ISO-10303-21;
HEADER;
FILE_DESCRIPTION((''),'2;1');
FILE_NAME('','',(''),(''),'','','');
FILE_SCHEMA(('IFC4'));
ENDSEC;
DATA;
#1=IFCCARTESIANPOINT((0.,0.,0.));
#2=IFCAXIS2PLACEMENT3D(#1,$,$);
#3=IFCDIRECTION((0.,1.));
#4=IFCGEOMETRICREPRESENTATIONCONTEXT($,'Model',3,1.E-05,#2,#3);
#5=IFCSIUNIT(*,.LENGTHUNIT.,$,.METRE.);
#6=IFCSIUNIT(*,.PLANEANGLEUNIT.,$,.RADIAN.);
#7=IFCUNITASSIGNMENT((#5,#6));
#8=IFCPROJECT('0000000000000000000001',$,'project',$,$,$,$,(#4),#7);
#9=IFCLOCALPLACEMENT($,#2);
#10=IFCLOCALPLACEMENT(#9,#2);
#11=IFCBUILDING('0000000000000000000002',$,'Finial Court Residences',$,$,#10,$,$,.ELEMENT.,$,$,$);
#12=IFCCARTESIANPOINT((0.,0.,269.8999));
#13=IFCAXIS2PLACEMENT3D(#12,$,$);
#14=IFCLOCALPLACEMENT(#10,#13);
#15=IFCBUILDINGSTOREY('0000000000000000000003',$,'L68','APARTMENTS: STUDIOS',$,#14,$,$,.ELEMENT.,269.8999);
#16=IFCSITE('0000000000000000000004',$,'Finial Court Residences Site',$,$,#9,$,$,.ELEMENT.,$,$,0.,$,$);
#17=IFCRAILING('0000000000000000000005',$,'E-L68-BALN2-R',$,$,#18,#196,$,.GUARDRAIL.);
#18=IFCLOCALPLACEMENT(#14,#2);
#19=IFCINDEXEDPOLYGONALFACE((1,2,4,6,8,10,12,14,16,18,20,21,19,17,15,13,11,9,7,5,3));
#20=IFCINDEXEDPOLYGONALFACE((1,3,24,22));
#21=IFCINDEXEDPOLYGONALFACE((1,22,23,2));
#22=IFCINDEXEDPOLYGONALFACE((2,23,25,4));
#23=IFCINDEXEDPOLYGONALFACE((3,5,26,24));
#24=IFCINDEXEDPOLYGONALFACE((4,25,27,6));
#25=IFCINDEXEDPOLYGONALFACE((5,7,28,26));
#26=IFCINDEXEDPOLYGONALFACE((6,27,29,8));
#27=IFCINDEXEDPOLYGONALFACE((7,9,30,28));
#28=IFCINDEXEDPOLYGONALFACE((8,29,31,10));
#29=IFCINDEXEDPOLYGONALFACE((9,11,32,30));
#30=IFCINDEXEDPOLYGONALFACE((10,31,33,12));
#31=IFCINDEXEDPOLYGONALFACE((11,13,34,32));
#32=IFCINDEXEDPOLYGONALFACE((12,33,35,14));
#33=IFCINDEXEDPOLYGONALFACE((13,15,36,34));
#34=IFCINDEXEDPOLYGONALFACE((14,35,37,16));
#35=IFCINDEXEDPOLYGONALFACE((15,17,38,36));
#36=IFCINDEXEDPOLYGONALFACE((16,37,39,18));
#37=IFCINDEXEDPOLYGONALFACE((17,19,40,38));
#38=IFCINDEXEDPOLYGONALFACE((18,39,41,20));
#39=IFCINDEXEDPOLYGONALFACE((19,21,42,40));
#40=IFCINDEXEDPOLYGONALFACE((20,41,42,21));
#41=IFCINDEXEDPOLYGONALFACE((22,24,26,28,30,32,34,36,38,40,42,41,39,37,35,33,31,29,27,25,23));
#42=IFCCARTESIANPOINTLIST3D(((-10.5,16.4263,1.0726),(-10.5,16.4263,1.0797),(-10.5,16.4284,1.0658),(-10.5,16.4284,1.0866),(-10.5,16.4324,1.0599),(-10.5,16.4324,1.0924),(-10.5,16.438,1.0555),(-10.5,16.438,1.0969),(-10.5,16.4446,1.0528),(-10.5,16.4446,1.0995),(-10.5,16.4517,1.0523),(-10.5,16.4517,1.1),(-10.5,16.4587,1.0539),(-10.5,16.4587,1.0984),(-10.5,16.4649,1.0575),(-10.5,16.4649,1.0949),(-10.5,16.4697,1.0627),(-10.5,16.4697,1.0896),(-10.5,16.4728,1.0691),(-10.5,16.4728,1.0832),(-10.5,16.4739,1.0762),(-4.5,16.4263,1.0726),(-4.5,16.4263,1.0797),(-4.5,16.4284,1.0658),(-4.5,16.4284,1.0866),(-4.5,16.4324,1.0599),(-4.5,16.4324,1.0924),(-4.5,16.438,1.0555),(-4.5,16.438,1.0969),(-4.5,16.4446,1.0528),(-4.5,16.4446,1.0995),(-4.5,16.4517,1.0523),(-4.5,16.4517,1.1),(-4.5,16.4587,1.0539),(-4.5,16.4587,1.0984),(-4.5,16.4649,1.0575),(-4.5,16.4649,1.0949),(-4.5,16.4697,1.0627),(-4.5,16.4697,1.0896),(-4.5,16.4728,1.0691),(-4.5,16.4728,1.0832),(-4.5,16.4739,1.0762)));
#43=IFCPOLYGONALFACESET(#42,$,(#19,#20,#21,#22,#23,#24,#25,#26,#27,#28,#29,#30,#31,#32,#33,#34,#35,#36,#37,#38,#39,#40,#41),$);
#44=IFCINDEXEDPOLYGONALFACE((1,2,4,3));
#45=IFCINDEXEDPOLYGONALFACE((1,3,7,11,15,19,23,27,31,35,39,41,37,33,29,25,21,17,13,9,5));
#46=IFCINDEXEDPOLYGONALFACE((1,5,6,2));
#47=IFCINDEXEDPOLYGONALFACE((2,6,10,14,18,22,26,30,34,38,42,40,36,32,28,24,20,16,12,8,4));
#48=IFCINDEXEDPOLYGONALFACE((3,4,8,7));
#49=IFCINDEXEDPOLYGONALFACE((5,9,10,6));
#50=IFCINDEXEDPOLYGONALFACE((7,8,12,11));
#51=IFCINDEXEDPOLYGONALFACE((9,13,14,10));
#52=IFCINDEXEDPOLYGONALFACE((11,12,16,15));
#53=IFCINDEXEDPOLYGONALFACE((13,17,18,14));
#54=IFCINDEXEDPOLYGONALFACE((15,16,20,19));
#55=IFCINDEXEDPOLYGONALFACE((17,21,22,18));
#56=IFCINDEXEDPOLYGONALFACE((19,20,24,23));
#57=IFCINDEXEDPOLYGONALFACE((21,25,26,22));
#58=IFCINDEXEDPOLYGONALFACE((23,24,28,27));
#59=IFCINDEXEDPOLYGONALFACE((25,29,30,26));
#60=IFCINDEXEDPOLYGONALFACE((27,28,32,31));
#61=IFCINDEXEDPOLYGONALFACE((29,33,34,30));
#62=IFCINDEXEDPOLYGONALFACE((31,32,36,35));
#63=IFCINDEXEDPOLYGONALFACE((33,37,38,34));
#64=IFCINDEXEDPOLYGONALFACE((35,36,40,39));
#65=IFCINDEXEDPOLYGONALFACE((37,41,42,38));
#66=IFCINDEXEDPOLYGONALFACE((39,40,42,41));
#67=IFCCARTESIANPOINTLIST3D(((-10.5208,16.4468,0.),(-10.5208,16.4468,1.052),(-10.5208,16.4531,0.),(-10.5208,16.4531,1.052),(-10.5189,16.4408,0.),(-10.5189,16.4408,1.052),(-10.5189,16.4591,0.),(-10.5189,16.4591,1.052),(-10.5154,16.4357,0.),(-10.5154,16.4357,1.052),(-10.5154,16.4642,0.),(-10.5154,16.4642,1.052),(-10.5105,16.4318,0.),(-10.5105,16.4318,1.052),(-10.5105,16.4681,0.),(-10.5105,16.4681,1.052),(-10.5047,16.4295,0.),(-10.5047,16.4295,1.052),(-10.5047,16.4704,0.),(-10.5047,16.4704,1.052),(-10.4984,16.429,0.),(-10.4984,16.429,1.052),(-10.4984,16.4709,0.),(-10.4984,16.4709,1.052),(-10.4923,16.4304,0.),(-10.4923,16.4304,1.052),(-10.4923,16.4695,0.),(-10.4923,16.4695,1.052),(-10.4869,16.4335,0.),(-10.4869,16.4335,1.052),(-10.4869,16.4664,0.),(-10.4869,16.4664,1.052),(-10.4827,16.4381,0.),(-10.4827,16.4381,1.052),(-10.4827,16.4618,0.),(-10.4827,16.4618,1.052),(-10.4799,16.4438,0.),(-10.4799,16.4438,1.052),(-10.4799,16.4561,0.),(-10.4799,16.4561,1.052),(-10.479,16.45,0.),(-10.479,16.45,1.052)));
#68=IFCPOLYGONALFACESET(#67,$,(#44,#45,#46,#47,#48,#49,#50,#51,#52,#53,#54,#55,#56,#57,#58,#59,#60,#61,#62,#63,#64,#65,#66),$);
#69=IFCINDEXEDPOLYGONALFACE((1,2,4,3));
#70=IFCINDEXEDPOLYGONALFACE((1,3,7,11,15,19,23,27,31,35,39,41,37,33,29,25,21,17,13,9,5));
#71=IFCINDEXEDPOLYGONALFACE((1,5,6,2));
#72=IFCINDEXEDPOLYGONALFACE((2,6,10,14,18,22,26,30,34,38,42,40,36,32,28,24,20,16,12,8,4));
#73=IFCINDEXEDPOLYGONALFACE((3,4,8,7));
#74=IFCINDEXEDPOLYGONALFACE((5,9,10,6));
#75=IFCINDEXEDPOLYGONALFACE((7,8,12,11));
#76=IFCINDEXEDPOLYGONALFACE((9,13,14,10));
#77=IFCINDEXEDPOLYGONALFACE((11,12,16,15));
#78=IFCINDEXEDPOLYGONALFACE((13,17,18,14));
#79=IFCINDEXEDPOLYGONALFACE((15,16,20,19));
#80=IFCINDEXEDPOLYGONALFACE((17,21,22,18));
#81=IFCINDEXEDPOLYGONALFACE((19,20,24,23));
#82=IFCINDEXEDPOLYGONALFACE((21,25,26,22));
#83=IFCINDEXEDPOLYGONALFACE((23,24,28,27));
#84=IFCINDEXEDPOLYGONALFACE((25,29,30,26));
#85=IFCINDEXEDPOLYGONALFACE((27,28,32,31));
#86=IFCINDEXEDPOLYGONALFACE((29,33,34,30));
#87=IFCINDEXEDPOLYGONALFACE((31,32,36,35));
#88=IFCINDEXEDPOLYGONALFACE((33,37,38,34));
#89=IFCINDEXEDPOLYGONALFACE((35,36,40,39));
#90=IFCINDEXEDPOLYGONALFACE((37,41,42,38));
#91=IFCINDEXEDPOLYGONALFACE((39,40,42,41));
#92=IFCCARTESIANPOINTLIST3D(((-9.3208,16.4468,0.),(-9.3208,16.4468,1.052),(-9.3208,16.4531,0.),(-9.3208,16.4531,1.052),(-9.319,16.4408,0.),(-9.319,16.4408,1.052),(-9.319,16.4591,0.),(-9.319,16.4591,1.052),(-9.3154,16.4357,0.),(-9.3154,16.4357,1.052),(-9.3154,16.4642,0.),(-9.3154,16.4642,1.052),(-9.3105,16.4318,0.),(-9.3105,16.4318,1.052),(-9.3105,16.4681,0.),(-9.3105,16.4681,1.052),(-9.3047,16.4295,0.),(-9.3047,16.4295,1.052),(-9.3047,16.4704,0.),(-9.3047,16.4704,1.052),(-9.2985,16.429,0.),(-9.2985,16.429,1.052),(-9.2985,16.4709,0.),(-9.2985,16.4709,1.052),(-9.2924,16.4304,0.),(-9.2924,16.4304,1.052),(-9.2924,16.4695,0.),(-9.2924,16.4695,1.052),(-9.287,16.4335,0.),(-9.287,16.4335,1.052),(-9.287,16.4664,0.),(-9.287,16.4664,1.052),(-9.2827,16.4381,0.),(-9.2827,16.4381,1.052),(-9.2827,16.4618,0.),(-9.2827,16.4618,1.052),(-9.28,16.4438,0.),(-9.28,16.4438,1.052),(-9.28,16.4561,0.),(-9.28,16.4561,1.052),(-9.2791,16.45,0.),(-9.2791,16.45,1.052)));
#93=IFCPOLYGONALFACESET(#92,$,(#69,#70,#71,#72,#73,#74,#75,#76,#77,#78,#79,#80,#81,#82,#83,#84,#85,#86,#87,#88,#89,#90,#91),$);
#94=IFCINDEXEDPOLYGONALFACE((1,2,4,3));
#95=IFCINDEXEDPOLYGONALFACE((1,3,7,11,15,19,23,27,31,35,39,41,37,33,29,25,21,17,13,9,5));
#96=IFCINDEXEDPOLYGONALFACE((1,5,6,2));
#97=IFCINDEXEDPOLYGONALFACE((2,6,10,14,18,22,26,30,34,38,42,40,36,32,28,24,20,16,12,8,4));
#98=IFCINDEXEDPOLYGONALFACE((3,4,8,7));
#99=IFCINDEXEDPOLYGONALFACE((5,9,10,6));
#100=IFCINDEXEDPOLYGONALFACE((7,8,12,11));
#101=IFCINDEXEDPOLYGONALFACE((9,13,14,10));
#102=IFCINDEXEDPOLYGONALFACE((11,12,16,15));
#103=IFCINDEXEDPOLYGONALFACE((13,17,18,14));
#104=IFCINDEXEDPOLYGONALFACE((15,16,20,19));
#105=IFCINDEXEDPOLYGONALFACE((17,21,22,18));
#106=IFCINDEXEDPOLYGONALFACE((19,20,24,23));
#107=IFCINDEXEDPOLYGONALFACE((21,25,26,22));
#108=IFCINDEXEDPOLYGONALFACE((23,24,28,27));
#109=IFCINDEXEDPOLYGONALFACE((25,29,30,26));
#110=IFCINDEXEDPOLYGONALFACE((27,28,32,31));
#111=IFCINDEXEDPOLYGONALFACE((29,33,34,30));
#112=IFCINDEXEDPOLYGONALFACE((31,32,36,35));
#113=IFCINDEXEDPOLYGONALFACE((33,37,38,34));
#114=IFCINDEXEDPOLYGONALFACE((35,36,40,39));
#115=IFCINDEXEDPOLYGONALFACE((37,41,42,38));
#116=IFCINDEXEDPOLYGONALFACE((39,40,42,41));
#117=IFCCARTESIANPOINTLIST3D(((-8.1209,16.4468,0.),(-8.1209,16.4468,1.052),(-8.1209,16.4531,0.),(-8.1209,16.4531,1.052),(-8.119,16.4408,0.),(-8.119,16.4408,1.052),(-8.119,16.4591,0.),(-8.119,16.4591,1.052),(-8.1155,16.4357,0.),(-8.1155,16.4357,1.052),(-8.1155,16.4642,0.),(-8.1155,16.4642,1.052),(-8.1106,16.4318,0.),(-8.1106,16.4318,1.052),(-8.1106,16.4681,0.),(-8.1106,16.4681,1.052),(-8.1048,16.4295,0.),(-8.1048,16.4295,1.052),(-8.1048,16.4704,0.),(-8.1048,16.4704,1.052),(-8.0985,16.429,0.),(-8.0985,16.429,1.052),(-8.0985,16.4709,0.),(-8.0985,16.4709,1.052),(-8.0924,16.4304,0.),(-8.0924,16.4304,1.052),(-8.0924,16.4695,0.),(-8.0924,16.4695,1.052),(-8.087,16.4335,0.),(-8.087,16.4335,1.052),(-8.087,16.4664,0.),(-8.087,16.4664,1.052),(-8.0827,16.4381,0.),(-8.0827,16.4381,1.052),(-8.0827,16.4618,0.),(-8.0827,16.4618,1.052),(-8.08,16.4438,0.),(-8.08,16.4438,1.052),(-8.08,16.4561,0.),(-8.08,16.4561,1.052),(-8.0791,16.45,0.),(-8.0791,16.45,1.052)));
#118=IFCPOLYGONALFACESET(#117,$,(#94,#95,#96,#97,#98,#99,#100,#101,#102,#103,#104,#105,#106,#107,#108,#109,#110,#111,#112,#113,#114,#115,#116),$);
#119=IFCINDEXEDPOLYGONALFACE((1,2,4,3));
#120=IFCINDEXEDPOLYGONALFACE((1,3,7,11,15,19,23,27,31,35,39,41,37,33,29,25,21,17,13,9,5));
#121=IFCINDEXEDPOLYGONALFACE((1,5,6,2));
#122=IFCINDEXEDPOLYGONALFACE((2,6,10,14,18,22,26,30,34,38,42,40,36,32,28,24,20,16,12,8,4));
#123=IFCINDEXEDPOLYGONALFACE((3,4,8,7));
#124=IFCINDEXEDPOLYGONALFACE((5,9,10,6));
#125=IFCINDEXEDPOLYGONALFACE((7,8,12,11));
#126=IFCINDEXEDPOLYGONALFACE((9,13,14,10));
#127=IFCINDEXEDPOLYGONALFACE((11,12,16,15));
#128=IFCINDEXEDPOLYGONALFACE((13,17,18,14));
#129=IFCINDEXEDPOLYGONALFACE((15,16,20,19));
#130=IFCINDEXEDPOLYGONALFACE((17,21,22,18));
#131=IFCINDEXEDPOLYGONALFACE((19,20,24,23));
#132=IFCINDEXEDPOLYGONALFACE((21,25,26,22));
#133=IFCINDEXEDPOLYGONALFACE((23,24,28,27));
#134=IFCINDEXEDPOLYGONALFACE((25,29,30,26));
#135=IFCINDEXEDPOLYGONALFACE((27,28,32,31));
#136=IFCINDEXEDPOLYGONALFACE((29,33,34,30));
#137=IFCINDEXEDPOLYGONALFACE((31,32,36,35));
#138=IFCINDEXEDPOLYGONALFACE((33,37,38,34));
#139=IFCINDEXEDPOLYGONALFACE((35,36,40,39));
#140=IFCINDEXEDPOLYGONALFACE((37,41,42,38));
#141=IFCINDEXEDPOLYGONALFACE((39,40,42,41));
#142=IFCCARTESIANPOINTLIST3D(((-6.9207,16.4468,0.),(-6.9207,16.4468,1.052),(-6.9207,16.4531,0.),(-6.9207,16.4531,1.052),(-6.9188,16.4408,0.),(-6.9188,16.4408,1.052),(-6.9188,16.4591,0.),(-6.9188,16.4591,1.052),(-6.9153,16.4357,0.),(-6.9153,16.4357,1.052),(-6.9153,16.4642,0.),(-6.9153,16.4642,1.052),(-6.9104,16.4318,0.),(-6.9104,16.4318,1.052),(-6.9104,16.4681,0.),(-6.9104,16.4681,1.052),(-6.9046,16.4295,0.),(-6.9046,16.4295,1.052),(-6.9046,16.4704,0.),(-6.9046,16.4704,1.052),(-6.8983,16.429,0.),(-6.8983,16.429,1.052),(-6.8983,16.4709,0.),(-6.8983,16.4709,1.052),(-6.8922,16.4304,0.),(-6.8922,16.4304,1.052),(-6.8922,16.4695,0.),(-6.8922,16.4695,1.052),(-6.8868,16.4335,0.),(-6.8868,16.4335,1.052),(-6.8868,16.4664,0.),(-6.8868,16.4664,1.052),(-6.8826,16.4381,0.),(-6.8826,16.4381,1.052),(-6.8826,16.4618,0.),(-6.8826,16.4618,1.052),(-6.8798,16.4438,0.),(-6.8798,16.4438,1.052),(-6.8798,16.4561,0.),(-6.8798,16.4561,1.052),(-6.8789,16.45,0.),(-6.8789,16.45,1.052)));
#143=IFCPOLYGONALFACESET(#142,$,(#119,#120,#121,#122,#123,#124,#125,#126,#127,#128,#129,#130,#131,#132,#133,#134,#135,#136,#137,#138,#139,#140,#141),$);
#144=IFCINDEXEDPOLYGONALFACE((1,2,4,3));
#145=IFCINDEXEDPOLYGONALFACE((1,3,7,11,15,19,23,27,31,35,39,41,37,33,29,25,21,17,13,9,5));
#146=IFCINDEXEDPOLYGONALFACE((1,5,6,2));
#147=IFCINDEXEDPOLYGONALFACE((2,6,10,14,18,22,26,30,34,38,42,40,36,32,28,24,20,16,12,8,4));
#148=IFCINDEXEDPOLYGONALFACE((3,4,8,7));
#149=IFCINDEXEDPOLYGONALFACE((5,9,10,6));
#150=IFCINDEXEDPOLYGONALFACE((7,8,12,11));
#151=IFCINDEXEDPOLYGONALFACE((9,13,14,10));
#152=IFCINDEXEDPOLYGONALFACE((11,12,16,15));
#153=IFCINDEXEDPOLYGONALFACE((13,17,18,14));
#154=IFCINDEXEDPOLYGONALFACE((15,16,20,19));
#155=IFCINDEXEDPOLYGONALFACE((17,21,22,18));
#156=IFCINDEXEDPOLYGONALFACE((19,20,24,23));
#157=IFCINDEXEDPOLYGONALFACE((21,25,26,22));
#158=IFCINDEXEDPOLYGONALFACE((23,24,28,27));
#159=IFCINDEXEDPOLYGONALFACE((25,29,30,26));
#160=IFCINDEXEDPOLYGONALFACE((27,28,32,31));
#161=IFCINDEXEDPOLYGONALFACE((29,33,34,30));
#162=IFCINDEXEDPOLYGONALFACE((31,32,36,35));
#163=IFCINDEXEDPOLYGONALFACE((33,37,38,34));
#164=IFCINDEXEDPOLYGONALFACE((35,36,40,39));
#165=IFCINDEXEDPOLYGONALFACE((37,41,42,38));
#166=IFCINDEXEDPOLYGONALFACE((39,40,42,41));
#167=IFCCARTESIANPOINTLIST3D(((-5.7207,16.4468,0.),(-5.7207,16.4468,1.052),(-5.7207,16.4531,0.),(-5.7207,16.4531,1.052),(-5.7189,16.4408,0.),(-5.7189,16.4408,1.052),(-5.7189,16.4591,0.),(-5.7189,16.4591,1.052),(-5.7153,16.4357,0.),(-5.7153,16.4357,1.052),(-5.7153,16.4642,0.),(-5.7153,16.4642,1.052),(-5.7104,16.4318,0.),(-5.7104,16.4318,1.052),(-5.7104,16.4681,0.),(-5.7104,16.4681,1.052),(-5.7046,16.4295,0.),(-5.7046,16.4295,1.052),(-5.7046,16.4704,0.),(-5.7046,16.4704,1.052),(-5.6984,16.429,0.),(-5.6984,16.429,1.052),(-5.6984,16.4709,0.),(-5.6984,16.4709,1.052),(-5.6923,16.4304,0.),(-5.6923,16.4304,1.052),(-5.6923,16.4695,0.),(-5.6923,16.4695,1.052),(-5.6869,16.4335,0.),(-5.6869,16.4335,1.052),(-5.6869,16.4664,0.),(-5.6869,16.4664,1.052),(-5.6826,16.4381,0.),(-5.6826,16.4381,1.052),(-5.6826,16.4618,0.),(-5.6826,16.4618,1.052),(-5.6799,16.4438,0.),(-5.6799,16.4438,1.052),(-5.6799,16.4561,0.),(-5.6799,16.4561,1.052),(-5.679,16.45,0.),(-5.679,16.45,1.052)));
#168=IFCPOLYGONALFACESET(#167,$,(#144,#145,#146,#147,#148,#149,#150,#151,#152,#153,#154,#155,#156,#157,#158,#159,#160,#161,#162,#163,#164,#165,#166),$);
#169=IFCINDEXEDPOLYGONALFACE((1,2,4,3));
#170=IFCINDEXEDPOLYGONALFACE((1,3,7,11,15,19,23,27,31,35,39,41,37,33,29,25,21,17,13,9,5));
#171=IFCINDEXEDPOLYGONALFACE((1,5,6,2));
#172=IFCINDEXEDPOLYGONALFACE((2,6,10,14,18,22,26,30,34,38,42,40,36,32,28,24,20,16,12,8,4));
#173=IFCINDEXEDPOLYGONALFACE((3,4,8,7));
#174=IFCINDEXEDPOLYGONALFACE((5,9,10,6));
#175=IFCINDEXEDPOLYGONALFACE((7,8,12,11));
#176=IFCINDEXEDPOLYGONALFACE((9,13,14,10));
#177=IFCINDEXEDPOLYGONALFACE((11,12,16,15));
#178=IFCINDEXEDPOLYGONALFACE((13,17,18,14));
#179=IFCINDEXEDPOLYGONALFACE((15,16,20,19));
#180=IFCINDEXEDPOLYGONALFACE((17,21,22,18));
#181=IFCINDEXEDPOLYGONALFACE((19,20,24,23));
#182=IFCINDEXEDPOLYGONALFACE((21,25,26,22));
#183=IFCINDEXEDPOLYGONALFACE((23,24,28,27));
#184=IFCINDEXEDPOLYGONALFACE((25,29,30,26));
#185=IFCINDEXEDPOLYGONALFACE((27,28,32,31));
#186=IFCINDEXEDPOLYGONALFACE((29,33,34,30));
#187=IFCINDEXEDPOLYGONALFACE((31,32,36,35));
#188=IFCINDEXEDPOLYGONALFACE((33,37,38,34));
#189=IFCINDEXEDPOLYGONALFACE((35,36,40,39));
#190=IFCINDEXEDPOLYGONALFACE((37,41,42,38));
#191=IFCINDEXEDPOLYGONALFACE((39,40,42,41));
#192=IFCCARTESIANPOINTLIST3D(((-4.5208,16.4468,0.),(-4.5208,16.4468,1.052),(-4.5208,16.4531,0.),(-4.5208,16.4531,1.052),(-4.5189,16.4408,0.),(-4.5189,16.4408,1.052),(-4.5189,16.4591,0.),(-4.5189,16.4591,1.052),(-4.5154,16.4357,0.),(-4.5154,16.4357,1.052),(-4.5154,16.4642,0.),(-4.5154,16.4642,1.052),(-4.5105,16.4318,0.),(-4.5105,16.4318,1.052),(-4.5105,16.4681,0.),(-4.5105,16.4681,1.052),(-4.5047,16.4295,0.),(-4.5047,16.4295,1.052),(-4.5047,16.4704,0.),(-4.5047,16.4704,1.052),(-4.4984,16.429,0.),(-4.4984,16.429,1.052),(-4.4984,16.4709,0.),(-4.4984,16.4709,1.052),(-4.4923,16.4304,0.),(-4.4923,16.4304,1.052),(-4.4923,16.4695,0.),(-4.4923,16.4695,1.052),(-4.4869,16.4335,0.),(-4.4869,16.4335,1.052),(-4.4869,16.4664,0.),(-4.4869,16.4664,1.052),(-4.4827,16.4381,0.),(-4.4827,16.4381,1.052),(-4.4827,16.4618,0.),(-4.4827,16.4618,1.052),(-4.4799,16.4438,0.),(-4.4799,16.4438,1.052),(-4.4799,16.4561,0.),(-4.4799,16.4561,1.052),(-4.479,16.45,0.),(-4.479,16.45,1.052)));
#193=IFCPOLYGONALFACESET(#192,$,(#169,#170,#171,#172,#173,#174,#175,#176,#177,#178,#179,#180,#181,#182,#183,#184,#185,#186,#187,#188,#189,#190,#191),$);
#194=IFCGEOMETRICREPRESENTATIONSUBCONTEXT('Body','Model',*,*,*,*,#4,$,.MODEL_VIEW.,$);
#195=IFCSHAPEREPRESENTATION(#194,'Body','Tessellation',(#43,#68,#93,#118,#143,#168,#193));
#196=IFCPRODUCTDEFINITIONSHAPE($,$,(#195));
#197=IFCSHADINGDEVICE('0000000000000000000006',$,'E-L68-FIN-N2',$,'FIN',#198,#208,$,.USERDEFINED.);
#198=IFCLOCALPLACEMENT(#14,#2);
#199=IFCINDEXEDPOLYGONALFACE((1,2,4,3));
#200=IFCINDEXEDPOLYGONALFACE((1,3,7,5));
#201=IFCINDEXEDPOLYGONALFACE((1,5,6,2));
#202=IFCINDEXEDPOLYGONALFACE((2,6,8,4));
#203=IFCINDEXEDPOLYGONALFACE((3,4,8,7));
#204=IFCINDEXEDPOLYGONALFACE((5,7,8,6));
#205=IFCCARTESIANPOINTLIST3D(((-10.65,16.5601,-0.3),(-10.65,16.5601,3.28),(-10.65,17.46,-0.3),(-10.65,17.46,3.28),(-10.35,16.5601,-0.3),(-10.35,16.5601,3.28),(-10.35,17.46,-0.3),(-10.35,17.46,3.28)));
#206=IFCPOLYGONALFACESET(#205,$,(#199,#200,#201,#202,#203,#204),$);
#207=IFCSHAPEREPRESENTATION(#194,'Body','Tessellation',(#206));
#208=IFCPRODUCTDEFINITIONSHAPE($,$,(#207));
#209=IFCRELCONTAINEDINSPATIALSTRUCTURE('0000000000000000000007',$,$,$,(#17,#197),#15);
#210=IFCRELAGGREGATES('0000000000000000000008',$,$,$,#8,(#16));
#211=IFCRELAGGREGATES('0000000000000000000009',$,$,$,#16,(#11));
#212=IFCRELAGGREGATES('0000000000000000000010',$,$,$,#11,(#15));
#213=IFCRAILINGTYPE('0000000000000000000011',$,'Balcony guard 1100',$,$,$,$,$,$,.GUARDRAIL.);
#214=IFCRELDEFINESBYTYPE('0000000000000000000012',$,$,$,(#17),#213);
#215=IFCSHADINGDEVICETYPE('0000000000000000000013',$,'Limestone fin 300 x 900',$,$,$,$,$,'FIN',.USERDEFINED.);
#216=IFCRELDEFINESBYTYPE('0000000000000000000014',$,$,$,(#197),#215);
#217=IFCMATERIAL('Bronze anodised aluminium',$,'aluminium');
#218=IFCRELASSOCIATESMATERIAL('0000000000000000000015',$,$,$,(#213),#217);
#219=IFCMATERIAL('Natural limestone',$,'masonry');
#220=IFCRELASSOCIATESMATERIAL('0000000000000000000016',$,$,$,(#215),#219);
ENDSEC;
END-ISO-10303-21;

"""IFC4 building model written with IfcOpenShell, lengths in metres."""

from ifc_helpers import new_model, si_unit, direction, frame, origin, origin_2d, place, context, subcontext, project, spatial, rectangle, circle, extrude, material, type_object, element, save


model = new_model("IFC4")

# Units and contexts
model_context = context("Model", 3, precision=1e-05, world=origin(), true_north=direction((0.0, 1.0)))
body_context = subcontext(model_context, "Body", "Model", "MODEL_VIEW")
ifc_project = project(units=[si_unit("LENGTHUNIT", "METRE"), si_unit("PLANEANGLEUNIT", "RADIAN")], contexts=[model_context])

# Site, building, storey
site_placement = place(None, origin())
site = spatial("IfcSite", under=ifc_project, at=site_placement, Name="Finial Court Residences Site", CompositionType="ELEMENT", RefElevation=0.0)
building_placement = place(site_placement, origin())
building = spatial("IfcBuilding", under=site, at=building_placement, Name="Finial Court Residences", CompositionType="ELEMENT")
storey_placement = place(building_placement, frame((0.0, 0.0, 269.8999)))
storey = spatial("IfcBuildingStorey", under=building, at=storey_placement, Name="L68", Description="APARTMENTS: STUDIOS", CompositionType="ELEMENT", Elevation=269.8999)

# Shared definitions
ifc_material_1 = material(Name="Bronze anodised aluminium", Category="aluminium")

# Shared definitions
ifc_material_2 = material(Name="Natural limestone", Category="masonry")

# Railing
railing_type = type_object("IfcRailingType", Name="Balcony guard 1100", PredefinedType="GUARDRAIL", material=ifc_material_1)
railing_placement = place(storey_placement, frame((-10.5, 16.45, 0.0)))
element("IfcRailing", 1, at=railing_placement, inside=storey, type_object=railing_type, Name="E-L68-BALN2-R", PredefinedType="GUARDRAIL", context=body_context, shape_type="SweptSolid", body=[
    extrude(circle(Radius=0.0239, at=origin_2d()), frame((0.0, 0.0, 1.0762), z_axis=(1.0, 0.0, 0.0), x_axis=(0.0, 1.0, 0.0)), (0.0, 0.0, 1.0), 6.0),
    extrude(circle(Radius=0.021, at=origin_2d()), origin(), (0.0, 0.0, 1.0), 1.052),
    extrude(circle(Radius=0.021, at=origin_2d()), frame((1.2, 0.0, 0.0)), (0.0, 0.0, 1.0), 1.052),
    extrude(circle(Radius=0.021, at=origin_2d()), frame((2.3999, 0.0, 0.0)), (0.0, 0.0, 1.0), 1.052),
    extrude(circle(Radius=0.021, at=origin_2d()), frame((3.6001, 0.0, 0.0)), (0.0, 0.0, 1.0), 1.052),
    extrude(circle(Radius=0.021, at=origin_2d()), frame((4.8, 0.0, 0.0)), (0.0, 0.0, 1.0), 1.052),
    extrude(circle(Radius=0.021, at=origin_2d()), frame((6.0, 0.0, 0.0)), (0.0, 0.0, 1.0), 1.052),
])

# Shading device
shading_device_type = type_object("IfcShadingDeviceType", Name="Limestone fin 300 x 900", ElementType="FIN", PredefinedType="USERDEFINED", material=ifc_material_2)
shading_device_1_placement = place(storey_placement, frame((-10.5, 17.01, -0.3), z_axis=(0.0, 0.0, 1.0), x_axis=(1.0, 0.0, 0.0)))
element("IfcShadingDevice", 2, at=shading_device_1_placement, inside=storey, type_object=shading_device_type, Name="E-L68-FIN-N2", ObjectType="FIN", PredefinedType="USERDEFINED", context=body_context, shape_type="SweptSolid", body=[
    extrude(rectangle(XDim=0.3, YDim=0.8999, at=origin_2d()), origin(), (0.0, 0.0, 1.0), 3.5801),
])

save(model, "model.ifc")
